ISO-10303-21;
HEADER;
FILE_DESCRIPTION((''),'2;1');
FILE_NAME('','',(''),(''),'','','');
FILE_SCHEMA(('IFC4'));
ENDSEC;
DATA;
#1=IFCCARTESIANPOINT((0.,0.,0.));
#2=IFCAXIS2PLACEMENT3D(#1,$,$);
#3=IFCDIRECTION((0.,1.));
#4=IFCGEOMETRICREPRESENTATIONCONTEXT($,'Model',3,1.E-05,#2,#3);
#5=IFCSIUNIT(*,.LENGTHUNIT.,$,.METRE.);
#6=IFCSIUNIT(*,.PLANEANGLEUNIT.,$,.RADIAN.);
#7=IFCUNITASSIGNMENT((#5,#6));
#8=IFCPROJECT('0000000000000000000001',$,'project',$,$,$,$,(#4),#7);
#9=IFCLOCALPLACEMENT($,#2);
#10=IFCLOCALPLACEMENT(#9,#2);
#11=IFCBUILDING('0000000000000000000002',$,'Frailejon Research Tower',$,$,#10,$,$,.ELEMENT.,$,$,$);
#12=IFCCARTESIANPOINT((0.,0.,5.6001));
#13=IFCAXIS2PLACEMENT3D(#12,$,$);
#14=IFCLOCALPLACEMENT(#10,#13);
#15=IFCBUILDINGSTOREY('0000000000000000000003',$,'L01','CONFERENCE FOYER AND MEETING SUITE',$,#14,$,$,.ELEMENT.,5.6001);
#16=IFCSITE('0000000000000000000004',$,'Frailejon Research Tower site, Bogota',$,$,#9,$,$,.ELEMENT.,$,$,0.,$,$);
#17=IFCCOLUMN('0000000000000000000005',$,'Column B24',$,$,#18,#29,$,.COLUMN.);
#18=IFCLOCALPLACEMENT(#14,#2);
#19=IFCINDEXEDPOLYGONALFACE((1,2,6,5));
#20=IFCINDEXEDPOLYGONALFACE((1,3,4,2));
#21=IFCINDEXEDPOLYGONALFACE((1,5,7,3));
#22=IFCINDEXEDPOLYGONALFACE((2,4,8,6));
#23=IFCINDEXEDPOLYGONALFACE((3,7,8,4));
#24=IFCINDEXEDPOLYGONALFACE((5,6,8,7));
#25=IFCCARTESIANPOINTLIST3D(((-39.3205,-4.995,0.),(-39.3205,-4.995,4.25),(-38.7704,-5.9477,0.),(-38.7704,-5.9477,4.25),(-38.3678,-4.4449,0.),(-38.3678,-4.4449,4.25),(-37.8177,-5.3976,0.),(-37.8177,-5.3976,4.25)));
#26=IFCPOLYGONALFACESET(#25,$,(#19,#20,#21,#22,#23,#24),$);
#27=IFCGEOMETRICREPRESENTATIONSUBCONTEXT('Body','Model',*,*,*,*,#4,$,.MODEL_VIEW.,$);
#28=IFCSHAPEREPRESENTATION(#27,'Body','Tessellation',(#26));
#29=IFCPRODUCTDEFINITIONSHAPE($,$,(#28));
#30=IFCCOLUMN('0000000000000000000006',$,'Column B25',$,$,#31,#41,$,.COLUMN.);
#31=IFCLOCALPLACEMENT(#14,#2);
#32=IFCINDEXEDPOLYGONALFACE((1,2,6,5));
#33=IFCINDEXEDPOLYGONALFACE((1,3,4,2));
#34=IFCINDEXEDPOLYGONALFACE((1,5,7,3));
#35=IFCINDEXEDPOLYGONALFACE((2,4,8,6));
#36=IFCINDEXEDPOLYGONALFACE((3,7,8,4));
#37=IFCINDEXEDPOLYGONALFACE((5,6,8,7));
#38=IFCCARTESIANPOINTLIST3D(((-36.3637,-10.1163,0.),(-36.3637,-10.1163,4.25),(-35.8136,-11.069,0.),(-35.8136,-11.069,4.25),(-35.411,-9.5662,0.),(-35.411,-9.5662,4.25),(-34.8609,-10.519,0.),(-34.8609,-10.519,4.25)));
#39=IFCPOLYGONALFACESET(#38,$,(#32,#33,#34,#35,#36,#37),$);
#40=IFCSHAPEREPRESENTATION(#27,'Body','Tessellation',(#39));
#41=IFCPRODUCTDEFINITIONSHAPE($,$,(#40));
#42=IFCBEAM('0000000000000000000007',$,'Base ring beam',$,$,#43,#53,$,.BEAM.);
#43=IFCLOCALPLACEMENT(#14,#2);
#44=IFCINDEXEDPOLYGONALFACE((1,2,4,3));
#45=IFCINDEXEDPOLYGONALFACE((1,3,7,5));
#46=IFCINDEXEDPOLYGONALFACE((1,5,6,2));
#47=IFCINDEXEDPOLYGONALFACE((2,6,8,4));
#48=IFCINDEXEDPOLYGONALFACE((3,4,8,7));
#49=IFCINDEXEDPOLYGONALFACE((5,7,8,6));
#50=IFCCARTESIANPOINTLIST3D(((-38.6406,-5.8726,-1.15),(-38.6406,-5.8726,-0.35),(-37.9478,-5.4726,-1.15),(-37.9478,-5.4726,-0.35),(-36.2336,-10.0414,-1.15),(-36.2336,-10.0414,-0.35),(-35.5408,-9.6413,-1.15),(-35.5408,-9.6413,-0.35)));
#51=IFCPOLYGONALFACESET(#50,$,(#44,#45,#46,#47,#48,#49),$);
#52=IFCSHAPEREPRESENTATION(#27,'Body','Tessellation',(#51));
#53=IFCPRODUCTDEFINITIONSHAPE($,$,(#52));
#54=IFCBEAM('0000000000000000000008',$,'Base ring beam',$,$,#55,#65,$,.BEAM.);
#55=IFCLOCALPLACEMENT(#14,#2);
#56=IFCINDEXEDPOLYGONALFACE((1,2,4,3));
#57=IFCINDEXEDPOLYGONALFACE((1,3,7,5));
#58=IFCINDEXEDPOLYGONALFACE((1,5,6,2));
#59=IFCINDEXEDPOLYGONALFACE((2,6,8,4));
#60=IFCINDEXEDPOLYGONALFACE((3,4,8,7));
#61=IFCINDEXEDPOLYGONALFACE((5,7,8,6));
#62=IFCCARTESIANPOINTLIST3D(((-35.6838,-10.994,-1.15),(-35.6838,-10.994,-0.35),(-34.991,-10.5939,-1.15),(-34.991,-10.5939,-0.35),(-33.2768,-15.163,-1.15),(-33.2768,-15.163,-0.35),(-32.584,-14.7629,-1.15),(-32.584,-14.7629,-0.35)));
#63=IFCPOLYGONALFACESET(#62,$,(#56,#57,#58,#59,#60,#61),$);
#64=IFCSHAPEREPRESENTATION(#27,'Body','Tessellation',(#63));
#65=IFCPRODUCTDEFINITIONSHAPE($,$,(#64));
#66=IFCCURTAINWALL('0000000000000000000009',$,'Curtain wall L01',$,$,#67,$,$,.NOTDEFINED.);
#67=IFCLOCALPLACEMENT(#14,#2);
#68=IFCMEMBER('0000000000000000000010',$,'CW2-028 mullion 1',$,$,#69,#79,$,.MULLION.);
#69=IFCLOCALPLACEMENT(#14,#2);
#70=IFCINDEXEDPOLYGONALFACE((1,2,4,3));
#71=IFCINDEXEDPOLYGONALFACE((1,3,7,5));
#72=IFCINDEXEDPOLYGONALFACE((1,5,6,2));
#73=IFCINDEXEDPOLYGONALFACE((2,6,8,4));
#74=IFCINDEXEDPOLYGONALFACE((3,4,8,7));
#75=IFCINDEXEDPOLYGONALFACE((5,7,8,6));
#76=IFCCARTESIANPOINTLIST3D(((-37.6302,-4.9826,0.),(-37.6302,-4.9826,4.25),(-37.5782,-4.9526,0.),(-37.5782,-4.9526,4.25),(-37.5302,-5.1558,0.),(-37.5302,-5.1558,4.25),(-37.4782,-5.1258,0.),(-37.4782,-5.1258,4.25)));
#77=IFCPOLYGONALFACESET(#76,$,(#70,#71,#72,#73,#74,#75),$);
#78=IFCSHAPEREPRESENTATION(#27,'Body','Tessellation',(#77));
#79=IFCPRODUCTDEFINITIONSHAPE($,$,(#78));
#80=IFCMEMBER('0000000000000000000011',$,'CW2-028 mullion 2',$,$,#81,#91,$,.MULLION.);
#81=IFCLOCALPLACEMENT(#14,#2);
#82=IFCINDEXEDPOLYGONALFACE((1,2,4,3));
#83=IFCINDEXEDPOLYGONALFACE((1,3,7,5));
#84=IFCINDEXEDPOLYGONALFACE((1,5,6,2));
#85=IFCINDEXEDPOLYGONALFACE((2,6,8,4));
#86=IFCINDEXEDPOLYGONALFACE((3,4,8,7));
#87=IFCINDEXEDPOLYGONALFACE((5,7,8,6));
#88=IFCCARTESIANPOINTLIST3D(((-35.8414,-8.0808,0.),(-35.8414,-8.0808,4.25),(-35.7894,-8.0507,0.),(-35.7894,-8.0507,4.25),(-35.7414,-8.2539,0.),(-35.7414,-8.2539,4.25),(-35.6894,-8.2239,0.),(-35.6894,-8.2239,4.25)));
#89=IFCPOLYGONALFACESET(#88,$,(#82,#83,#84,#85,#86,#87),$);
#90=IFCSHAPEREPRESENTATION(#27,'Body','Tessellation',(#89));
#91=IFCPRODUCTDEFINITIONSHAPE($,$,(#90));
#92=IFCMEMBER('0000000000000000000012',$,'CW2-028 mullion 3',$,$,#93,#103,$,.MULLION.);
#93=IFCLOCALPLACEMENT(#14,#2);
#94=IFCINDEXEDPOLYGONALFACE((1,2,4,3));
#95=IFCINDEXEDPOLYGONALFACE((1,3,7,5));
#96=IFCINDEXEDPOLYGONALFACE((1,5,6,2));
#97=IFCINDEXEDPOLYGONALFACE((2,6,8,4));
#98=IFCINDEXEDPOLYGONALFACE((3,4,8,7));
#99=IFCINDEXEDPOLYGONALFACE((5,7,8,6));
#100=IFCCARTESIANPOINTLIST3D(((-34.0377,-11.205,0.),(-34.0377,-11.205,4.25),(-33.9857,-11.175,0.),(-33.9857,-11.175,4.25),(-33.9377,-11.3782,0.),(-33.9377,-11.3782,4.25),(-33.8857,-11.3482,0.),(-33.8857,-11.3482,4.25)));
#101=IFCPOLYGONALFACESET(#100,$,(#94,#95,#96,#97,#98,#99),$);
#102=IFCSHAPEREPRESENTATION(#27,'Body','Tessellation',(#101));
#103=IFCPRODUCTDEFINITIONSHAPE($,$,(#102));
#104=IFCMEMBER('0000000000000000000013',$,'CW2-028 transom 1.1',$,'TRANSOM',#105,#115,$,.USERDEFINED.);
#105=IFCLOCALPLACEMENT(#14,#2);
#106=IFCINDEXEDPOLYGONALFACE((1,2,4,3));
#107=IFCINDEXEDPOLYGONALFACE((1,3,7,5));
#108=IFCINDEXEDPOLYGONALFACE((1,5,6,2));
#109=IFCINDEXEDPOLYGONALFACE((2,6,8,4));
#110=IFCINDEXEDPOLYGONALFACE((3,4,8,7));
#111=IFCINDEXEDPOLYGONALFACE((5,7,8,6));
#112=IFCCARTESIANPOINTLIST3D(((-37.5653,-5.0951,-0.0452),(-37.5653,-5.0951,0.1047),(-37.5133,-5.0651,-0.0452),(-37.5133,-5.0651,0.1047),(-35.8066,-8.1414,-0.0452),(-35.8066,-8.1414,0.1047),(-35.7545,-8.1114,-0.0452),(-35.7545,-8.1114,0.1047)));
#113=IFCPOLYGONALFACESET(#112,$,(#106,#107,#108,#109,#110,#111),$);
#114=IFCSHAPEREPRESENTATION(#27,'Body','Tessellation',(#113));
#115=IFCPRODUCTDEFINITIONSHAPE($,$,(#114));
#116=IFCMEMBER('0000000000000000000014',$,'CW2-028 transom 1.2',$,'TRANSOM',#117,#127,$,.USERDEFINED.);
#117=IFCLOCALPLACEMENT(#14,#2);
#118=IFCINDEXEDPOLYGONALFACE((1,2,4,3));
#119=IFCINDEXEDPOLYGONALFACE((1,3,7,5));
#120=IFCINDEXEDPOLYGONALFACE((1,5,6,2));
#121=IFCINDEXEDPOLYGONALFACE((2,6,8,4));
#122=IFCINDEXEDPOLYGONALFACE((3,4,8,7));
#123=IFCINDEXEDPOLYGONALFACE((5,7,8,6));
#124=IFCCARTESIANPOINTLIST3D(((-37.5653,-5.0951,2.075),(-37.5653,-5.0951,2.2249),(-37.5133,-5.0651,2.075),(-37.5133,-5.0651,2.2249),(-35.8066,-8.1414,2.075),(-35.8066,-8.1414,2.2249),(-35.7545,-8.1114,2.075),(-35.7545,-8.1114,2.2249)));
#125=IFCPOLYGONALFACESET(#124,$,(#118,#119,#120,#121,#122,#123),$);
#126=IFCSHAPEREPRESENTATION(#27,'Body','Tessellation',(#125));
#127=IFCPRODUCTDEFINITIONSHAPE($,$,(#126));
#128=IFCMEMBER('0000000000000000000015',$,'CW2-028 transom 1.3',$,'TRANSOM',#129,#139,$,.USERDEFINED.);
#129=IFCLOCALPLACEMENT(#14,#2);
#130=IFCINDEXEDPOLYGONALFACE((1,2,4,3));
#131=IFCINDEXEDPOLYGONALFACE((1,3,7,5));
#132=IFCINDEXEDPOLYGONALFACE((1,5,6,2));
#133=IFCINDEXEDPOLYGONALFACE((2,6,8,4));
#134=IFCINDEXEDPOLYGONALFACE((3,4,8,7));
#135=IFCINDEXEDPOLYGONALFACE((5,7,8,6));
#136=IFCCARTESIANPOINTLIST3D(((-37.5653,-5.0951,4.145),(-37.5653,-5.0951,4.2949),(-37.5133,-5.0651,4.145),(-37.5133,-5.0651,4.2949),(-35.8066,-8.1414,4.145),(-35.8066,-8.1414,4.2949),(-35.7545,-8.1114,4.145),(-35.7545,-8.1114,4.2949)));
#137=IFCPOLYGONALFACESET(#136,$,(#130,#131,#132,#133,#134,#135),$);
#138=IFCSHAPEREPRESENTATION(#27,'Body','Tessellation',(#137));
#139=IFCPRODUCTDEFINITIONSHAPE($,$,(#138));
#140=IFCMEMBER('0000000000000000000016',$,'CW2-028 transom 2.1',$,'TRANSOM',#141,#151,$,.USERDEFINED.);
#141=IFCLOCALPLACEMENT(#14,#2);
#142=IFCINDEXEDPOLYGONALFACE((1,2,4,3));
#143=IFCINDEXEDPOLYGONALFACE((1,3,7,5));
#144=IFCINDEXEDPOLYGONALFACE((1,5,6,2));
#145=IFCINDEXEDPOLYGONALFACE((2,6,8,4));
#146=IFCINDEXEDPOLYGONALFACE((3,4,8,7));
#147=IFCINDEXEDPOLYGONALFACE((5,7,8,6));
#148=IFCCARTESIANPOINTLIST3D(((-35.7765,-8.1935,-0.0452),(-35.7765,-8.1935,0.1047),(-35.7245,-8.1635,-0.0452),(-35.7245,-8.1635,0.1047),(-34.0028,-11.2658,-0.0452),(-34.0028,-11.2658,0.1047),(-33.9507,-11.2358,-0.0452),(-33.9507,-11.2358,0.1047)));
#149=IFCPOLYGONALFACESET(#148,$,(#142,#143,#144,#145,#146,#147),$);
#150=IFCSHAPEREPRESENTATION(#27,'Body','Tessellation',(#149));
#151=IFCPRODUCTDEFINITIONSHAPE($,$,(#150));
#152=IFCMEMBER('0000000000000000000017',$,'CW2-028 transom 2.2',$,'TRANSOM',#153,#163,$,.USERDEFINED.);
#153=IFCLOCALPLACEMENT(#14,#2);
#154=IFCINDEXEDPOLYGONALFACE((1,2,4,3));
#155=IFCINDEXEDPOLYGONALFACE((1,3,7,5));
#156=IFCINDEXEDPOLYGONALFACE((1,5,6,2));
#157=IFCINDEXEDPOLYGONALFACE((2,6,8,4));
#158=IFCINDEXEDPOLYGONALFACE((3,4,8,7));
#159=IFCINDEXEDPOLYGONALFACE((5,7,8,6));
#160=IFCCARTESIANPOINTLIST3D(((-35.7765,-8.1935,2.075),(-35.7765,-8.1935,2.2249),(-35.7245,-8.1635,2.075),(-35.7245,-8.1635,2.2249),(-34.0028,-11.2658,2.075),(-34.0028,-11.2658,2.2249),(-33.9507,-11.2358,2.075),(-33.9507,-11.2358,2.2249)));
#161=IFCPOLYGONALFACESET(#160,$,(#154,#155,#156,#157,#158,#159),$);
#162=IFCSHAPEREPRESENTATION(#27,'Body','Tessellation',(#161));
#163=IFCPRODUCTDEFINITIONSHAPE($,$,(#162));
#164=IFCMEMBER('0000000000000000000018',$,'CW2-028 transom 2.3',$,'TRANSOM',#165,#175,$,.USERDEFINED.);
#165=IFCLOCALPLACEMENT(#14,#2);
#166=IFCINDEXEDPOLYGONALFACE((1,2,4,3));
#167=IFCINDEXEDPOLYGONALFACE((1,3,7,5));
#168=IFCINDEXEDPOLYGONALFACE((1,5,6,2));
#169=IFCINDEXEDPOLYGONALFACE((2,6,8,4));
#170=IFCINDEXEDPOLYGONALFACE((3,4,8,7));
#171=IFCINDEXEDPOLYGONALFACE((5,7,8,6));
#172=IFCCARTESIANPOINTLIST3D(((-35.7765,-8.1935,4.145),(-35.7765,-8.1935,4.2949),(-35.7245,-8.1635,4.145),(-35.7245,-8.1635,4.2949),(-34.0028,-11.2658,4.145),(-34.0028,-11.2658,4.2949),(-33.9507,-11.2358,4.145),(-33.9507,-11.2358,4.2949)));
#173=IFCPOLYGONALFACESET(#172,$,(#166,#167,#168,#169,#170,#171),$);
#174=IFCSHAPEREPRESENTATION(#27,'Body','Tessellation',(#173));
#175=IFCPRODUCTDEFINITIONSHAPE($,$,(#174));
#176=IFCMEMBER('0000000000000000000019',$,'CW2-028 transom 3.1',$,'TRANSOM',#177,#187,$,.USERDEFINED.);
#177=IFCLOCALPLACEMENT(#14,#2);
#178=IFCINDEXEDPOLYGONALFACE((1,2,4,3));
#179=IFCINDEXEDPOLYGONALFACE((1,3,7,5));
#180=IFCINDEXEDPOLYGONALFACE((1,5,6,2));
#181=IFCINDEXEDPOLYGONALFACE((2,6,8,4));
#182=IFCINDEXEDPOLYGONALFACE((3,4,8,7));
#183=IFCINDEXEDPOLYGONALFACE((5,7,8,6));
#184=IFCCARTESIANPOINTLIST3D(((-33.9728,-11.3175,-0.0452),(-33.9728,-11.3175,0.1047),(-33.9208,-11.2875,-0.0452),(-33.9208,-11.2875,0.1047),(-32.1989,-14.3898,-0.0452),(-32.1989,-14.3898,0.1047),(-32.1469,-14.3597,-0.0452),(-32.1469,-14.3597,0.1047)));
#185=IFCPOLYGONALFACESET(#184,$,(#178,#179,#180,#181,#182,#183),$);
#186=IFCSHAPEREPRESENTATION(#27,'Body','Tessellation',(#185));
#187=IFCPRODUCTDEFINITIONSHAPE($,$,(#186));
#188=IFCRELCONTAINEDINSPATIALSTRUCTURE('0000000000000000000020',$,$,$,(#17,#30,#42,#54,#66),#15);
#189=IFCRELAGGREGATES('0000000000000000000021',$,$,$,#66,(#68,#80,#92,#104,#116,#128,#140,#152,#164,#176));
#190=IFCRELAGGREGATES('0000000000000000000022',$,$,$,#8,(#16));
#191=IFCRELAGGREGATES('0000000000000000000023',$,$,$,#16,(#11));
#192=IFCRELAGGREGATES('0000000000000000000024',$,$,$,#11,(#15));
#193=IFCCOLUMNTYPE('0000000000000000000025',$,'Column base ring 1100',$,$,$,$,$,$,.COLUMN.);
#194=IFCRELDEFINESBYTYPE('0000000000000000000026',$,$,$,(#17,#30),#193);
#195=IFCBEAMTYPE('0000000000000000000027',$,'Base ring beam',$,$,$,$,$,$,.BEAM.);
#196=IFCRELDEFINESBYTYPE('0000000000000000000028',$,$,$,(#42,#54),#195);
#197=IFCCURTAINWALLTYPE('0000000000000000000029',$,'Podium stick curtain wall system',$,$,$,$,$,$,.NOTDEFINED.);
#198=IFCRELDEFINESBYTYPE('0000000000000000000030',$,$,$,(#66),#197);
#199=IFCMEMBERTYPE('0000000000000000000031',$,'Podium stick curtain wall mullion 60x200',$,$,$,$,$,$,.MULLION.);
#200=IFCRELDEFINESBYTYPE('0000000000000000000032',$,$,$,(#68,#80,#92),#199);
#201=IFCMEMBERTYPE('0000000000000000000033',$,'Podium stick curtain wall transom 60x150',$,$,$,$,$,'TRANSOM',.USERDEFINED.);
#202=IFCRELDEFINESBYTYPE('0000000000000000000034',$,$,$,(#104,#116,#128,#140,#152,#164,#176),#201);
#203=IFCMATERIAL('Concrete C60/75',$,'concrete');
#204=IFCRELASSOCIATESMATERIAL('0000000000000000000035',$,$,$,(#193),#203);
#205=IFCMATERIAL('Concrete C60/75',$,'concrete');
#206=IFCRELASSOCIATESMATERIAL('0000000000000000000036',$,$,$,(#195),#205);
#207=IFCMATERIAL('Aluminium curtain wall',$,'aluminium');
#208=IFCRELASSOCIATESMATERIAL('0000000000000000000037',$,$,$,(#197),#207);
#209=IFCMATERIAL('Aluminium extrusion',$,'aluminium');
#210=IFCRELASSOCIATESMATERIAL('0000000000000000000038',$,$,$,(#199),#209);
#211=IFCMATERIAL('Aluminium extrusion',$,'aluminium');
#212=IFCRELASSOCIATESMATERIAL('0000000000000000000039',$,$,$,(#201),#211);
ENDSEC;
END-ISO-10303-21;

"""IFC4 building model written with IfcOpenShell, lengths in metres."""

from ifc_helpers import new_model, si_unit, direction, frame, origin, origin_2d, place, context, subcontext, project, spatial, rectangle, extrude, material, material_profile, profile_set, type_object, element, aggregate, save


model = new_model("IFC4")

# Units and contexts
model_context = context("Model", 3, precision=1e-05, world=origin(), true_north=direction((0.0, 1.0)))
body_context = subcontext(model_context, "Body", "Model", "MODEL_VIEW")
ifc_project = project(units=[si_unit("LENGTHUNIT", "METRE"), si_unit("PLANEANGLEUNIT", "RADIAN")], contexts=[model_context])

# Site, building, storey
site_placement = place(None, origin())
site = spatial("IfcSite", under=ifc_project, at=site_placement, Name="Frailejon Research Tower site, Bogota", CompositionType="ELEMENT", RefElevation=0.0)
building_placement = place(site_placement, origin())
building = spatial("IfcBuilding", under=site, at=building_placement, Name="Frailejon Research Tower", CompositionType="ELEMENT")
storey_placement = place(building_placement, frame((0.0, 0.0, 5.6001)))
storey = spatial("IfcBuildingStorey", under=building, at=storey_placement, Name="L01", Description="CONFERENCE FOYER AND MEETING SUITE", CompositionType="ELEMENT", Elevation=5.6001)

# Columns
ifc_material_1 = material(Name="Concrete C60/75", Category="concrete")
ifc_material_profile_1 = material_profile(ifc_material_1, rectangle(XDim=1.1001, YDim=1.1001, at=origin_2d()), Name="Column base ring 1100")
ifc_profile_set_1 = profile_set([ifc_material_profile_1], Name="Concrete C60/75")
column_type = type_object("IfcColumnType", Name="Column base ring 1100", PredefinedType="COLUMN", material=ifc_profile_set_1)
for number, where, z_axis, x_axis, name in (
    (1, (-38.5691, -5.1963, 0.0), (0.0, 0.0, 1.0), (0.5, -0.866025, 0.0), "Column B24"),
    (2, (-35.6123, -10.3176, 0.0), (0.0, 0.0, 1.0), (0.5, -0.866025, 0.0), "Column B25"),
):
    element("IfcColumn", number, at=place(storey_placement, frame(where, z_axis=z_axis, x_axis=x_axis)), inside=storey, type_object=column_type, Name=name, PredefinedType="COLUMN", context=body_context, shape_type="SweptSolid", body=[
        extrude(rectangle(XDim=1.1001, YDim=1.1001, at=origin_2d()), origin(), (0.0, 0.0, 1.0), 4.25),
    ])

# Beams
ifc_material_2 = material(Name="Concrete C60/75", Category="concrete")
ifc_material_profile_2 = material_profile(ifc_material_2, rectangle(XDim=0.8, YDim=0.8, at=origin_2d()), Name="Base ring beam")
ifc_profile_set_2 = profile_set([ifc_material_profile_2], Name="Concrete C60/75")
beam_type = type_object("IfcBeamType", Name="Base ring beam", PredefinedType="BEAM", material=ifc_profile_set_2)
beam_1_placement = place(storey_placement, frame((-38.2942, -5.6726, -0.75), z_axis=(0.500028, -0.866009, 0.0), x_axis=(0.866009, 0.500028, 0.0)))
element("IfcBeam", 3, at=beam_1_placement, inside=storey, type_object=beam_type, Name="Base ring beam", PredefinedType="BEAM", context=body_context, shape_type="SweptSolid", body=[
    extrude(rectangle(XDim=0.8, YDim=0.8, at=origin_2d()), origin(), (0.0, 0.0, 1.0), 4.8137),
])
beam_2_placement = place(storey_placement, frame((-35.3374, -10.7939, -0.75), z_axis=(0.500006, -0.866022, 0.0), x_axis=(0.866022, 0.500006, 0.0)))
element("IfcBeam", 4, at=beam_2_placement, inside=storey, type_object=beam_type, Name="Base ring beam", PredefinedType="BEAM", context=body_context, shape_type="SweptSolid", body=[
    extrude(rectangle(XDim=0.8, YDim=0.8, at=origin_2d()), origin(), (0.0, 0.0, 1.0), 4.814),
])

# Curtain wall, members
ifc_material_3 = material(Name="Aluminium curtain wall", Category="aluminium")
curtain_wall_type = type_object("IfcCurtainWallType", Name="Podium stick curtain wall system", PredefinedType="NOTDEFINED", material=ifc_material_3)
curtain_wall_placement = place(storey_placement, origin())
curtain_wall = element("IfcCurtainWall", 5, at=curtain_wall_placement, inside=storey, type_object=curtain_wall_type, Name="Curtain wall L01", PredefinedType="NOTDEFINED")
ifc_material_4 = material(Name="Aluminium extrusion", Category="aluminium")
ifc_material_profile_3 = material_profile(ifc_material_4, rectangle(XDim=0.0601, YDim=0.2, at=origin_2d()), Name="Podium stick curtain wall mullion 60x200")
ifc_profile_set_3 = profile_set([ifc_material_profile_3], Name="Aluminium extrusion")
member_type_1 = type_object("IfcMemberType", Name="Podium stick curtain wall mullion 60x200", PredefinedType="MULLION", material=ifc_profile_set_3)
member_1_placement = place(storey_placement, frame((-37.5542, -5.0542, 0.0), z_axis=(0.0, 0.0, 1.0), x_axis=(0.866026, 0.499998, 0.0)))
member_1 = element("IfcMember", 6, at=member_1_placement, type_object=member_type_1, Name="CW2-028 mullion 1", PredefinedType="MULLION", context=body_context, shape_type="SweptSolid", body=[
    extrude(rectangle(XDim=0.0601, YDim=0.2, at=origin_2d()), origin(), (0.0, 0.0, 1.0), 4.25),
])
member_2_placement = place(storey_placement, frame((-35.7654, -8.1523, 0.0), z_axis=(0.0, 0.0, 1.0), x_axis=(0.866026, 0.499998, 0.0)))
member_2 = element("IfcMember", 7, at=member_2_placement, type_object=member_type_1, Name="CW2-028 mullion 2", PredefinedType="MULLION", context=body_context, shape_type="SweptSolid", body=[
    extrude(rectangle(XDim=0.0601, YDim=0.2, at=origin_2d()), origin(), (0.0, 0.0, 1.0), 4.25),
])
member_3_placement = place(storey_placement, frame((-33.9617, -11.2766, 0.0), z_axis=(0.0, 0.0, 1.0), x_axis=(0.866026, 0.499998, 0.0)))
member_3 = element("IfcMember", 8, at=member_3_placement, type_object=member_type_1, Name="CW2-028 mullion 3", PredefinedType="MULLION", context=body_context, shape_type="SweptSolid", body=[
    extrude(rectangle(XDim=0.0601, YDim=0.2, at=origin_2d()), origin(), (0.0, 0.0, 1.0), 4.25),
])
ifc_material_5 = material(Name="Aluminium extrusion", Category="aluminium")
ifc_material_profile_4 = material_profile(ifc_material_5, rectangle(XDim=0.0601, YDim=0.1499, at=origin_2d()), Name="Podium stick curtain wall transom 60x150")
ifc_profile_set_4 = profile_set([ifc_material_profile_4], Name="Aluminium extrusion")
member_type_2 = type_object("IfcMemberType", Name="Podium stick curtain wall transom 60x150", ElementType="TRANSOM", PredefinedType="USERDEFINED", material=ifc_profile_set_4)
member_4_placement = place(storey_placement, frame((-37.5393, -5.0801, 0.0298), z_axis=(0.499991, -0.866031, 0.0), x_axis=(0.866031, 0.499991, 0.0)))
member_4 = element("IfcMember", 9, at=member_4_placement, type_object=member_type_2, Name="CW2-028 transom 1.1", ObjectType="TRANSOM", PredefinedType="USERDEFINED", context=body_context, shape_type="SweptSolid", body=[
    extrude(rectangle(XDim=0.0601, YDim=0.1499, at=origin_2d()), origin(), (0.0, 0.0, 1.0), 3.5176),
])
member_5_placement = place(storey_placement, frame((-37.5393, -5.0801, 2.1499), z_axis=(0.499991, -0.866031, 0.0), x_axis=(0.866031, 0.499991, 0.0)))
member_5 = element("IfcMember", 10, at=member_5_placement, type_object=member_type_2, Name="CW2-028 transom 1.2", ObjectType="TRANSOM", PredefinedType="USERDEFINED", context=body_context, shape_type="SweptSolid", body=[
    extrude(rectangle(XDim=0.0601, YDim=0.1499, at=origin_2d()), origin(), (0.0, 0.0, 1.0), 3.5176),
])
member_6_placement = place(storey_placement, frame((-37.5393, -5.0801, 4.22), z_axis=(0.499991, -0.866031, 0.0), x_axis=(0.866031, 0.499991, 0.0)))
member_6 = element("IfcMember", 11, at=member_6_placement, type_object=member_type_2, Name="CW2-028 transom 1.3", ObjectType="TRANSOM", PredefinedType="USERDEFINED", context=body_context, shape_type="SweptSolid", body=[
    extrude(rectangle(XDim=0.0601, YDim=0.1499, at=origin_2d()), origin(), (0.0, 0.0, 1.0), 3.5176),
])
member_7_placement = place(storey_placement, frame((-35.7505, -8.1785, 0.0298), z_axis=(0.499981, -0.866037, 0.0), x_axis=(0.866037, 0.499981, 0.0)))
member_7 = element("IfcMember", 12, at=member_7_placement, type_object=member_type_2, Name="CW2-028 transom 2.1", ObjectType="TRANSOM", PredefinedType="USERDEFINED", context=body_context, shape_type="SweptSolid", body=[
    extrude(rectangle(XDim=0.0601, YDim=0.1499, at=origin_2d()), origin(), (0.0, 0.0, 1.0), 3.5476),
])
member_8_placement = place(storey_placement, frame((-35.7505, -8.1785, 2.1499), z_axis=(0.499981, -0.866037, 0.0), x_axis=(0.866037, 0.499981, 0.0)))
member_8 = element("IfcMember", 13, at=member_8_placement, type_object=member_type_2, Name="CW2-028 transom 2.2", ObjectType="TRANSOM", PredefinedType="USERDEFINED", context=body_context, shape_type="SweptSolid", body=[
    extrude(rectangle(XDim=0.0601, YDim=0.1499, at=origin_2d()), origin(), (0.0, 0.0, 1.0), 3.5476),
])
member_9_placement = place(storey_placement, frame((-35.7505, -8.1785, 4.22), z_axis=(0.499981, -0.866037, 0.0), x_axis=(0.866037, 0.499981, 0.0)))
member_9 = element("IfcMember", 14, at=member_9_placement, type_object=member_type_2, Name="CW2-028 transom 2.3", ObjectType="TRANSOM", PredefinedType="USERDEFINED", context=body_context, shape_type="SweptSolid", body=[
    extrude(rectangle(XDim=0.0601, YDim=0.1499, at=origin_2d()), origin(), (0.0, 0.0, 1.0), 3.5476),
])
member_10_placement = place(storey_placement, frame((-33.9468, -11.3025, 0.0298), z_axis=(0.500032, -0.866007, 0.0), x_axis=(0.866007, 0.500032, 0.0)))
member_10 = element("IfcMember", 15, at=member_10_placement, type_object=member_type_2, Name="CW2-028 transom 3.1", ObjectType="TRANSOM", PredefinedType="USERDEFINED", context=body_context, shape_type="SweptSolid", body=[
    extrude(rectangle(XDim=0.0601, YDim=0.1499, at=origin_2d()), origin(), (0.0, 0.0, 1.0), 3.5476),
])
aggregate(curtain_wall, [member_1, member_2, member_3, member_4, member_5, member_6, member_7, member_8, member_9, member_10])

save(model, "model.ifc")
